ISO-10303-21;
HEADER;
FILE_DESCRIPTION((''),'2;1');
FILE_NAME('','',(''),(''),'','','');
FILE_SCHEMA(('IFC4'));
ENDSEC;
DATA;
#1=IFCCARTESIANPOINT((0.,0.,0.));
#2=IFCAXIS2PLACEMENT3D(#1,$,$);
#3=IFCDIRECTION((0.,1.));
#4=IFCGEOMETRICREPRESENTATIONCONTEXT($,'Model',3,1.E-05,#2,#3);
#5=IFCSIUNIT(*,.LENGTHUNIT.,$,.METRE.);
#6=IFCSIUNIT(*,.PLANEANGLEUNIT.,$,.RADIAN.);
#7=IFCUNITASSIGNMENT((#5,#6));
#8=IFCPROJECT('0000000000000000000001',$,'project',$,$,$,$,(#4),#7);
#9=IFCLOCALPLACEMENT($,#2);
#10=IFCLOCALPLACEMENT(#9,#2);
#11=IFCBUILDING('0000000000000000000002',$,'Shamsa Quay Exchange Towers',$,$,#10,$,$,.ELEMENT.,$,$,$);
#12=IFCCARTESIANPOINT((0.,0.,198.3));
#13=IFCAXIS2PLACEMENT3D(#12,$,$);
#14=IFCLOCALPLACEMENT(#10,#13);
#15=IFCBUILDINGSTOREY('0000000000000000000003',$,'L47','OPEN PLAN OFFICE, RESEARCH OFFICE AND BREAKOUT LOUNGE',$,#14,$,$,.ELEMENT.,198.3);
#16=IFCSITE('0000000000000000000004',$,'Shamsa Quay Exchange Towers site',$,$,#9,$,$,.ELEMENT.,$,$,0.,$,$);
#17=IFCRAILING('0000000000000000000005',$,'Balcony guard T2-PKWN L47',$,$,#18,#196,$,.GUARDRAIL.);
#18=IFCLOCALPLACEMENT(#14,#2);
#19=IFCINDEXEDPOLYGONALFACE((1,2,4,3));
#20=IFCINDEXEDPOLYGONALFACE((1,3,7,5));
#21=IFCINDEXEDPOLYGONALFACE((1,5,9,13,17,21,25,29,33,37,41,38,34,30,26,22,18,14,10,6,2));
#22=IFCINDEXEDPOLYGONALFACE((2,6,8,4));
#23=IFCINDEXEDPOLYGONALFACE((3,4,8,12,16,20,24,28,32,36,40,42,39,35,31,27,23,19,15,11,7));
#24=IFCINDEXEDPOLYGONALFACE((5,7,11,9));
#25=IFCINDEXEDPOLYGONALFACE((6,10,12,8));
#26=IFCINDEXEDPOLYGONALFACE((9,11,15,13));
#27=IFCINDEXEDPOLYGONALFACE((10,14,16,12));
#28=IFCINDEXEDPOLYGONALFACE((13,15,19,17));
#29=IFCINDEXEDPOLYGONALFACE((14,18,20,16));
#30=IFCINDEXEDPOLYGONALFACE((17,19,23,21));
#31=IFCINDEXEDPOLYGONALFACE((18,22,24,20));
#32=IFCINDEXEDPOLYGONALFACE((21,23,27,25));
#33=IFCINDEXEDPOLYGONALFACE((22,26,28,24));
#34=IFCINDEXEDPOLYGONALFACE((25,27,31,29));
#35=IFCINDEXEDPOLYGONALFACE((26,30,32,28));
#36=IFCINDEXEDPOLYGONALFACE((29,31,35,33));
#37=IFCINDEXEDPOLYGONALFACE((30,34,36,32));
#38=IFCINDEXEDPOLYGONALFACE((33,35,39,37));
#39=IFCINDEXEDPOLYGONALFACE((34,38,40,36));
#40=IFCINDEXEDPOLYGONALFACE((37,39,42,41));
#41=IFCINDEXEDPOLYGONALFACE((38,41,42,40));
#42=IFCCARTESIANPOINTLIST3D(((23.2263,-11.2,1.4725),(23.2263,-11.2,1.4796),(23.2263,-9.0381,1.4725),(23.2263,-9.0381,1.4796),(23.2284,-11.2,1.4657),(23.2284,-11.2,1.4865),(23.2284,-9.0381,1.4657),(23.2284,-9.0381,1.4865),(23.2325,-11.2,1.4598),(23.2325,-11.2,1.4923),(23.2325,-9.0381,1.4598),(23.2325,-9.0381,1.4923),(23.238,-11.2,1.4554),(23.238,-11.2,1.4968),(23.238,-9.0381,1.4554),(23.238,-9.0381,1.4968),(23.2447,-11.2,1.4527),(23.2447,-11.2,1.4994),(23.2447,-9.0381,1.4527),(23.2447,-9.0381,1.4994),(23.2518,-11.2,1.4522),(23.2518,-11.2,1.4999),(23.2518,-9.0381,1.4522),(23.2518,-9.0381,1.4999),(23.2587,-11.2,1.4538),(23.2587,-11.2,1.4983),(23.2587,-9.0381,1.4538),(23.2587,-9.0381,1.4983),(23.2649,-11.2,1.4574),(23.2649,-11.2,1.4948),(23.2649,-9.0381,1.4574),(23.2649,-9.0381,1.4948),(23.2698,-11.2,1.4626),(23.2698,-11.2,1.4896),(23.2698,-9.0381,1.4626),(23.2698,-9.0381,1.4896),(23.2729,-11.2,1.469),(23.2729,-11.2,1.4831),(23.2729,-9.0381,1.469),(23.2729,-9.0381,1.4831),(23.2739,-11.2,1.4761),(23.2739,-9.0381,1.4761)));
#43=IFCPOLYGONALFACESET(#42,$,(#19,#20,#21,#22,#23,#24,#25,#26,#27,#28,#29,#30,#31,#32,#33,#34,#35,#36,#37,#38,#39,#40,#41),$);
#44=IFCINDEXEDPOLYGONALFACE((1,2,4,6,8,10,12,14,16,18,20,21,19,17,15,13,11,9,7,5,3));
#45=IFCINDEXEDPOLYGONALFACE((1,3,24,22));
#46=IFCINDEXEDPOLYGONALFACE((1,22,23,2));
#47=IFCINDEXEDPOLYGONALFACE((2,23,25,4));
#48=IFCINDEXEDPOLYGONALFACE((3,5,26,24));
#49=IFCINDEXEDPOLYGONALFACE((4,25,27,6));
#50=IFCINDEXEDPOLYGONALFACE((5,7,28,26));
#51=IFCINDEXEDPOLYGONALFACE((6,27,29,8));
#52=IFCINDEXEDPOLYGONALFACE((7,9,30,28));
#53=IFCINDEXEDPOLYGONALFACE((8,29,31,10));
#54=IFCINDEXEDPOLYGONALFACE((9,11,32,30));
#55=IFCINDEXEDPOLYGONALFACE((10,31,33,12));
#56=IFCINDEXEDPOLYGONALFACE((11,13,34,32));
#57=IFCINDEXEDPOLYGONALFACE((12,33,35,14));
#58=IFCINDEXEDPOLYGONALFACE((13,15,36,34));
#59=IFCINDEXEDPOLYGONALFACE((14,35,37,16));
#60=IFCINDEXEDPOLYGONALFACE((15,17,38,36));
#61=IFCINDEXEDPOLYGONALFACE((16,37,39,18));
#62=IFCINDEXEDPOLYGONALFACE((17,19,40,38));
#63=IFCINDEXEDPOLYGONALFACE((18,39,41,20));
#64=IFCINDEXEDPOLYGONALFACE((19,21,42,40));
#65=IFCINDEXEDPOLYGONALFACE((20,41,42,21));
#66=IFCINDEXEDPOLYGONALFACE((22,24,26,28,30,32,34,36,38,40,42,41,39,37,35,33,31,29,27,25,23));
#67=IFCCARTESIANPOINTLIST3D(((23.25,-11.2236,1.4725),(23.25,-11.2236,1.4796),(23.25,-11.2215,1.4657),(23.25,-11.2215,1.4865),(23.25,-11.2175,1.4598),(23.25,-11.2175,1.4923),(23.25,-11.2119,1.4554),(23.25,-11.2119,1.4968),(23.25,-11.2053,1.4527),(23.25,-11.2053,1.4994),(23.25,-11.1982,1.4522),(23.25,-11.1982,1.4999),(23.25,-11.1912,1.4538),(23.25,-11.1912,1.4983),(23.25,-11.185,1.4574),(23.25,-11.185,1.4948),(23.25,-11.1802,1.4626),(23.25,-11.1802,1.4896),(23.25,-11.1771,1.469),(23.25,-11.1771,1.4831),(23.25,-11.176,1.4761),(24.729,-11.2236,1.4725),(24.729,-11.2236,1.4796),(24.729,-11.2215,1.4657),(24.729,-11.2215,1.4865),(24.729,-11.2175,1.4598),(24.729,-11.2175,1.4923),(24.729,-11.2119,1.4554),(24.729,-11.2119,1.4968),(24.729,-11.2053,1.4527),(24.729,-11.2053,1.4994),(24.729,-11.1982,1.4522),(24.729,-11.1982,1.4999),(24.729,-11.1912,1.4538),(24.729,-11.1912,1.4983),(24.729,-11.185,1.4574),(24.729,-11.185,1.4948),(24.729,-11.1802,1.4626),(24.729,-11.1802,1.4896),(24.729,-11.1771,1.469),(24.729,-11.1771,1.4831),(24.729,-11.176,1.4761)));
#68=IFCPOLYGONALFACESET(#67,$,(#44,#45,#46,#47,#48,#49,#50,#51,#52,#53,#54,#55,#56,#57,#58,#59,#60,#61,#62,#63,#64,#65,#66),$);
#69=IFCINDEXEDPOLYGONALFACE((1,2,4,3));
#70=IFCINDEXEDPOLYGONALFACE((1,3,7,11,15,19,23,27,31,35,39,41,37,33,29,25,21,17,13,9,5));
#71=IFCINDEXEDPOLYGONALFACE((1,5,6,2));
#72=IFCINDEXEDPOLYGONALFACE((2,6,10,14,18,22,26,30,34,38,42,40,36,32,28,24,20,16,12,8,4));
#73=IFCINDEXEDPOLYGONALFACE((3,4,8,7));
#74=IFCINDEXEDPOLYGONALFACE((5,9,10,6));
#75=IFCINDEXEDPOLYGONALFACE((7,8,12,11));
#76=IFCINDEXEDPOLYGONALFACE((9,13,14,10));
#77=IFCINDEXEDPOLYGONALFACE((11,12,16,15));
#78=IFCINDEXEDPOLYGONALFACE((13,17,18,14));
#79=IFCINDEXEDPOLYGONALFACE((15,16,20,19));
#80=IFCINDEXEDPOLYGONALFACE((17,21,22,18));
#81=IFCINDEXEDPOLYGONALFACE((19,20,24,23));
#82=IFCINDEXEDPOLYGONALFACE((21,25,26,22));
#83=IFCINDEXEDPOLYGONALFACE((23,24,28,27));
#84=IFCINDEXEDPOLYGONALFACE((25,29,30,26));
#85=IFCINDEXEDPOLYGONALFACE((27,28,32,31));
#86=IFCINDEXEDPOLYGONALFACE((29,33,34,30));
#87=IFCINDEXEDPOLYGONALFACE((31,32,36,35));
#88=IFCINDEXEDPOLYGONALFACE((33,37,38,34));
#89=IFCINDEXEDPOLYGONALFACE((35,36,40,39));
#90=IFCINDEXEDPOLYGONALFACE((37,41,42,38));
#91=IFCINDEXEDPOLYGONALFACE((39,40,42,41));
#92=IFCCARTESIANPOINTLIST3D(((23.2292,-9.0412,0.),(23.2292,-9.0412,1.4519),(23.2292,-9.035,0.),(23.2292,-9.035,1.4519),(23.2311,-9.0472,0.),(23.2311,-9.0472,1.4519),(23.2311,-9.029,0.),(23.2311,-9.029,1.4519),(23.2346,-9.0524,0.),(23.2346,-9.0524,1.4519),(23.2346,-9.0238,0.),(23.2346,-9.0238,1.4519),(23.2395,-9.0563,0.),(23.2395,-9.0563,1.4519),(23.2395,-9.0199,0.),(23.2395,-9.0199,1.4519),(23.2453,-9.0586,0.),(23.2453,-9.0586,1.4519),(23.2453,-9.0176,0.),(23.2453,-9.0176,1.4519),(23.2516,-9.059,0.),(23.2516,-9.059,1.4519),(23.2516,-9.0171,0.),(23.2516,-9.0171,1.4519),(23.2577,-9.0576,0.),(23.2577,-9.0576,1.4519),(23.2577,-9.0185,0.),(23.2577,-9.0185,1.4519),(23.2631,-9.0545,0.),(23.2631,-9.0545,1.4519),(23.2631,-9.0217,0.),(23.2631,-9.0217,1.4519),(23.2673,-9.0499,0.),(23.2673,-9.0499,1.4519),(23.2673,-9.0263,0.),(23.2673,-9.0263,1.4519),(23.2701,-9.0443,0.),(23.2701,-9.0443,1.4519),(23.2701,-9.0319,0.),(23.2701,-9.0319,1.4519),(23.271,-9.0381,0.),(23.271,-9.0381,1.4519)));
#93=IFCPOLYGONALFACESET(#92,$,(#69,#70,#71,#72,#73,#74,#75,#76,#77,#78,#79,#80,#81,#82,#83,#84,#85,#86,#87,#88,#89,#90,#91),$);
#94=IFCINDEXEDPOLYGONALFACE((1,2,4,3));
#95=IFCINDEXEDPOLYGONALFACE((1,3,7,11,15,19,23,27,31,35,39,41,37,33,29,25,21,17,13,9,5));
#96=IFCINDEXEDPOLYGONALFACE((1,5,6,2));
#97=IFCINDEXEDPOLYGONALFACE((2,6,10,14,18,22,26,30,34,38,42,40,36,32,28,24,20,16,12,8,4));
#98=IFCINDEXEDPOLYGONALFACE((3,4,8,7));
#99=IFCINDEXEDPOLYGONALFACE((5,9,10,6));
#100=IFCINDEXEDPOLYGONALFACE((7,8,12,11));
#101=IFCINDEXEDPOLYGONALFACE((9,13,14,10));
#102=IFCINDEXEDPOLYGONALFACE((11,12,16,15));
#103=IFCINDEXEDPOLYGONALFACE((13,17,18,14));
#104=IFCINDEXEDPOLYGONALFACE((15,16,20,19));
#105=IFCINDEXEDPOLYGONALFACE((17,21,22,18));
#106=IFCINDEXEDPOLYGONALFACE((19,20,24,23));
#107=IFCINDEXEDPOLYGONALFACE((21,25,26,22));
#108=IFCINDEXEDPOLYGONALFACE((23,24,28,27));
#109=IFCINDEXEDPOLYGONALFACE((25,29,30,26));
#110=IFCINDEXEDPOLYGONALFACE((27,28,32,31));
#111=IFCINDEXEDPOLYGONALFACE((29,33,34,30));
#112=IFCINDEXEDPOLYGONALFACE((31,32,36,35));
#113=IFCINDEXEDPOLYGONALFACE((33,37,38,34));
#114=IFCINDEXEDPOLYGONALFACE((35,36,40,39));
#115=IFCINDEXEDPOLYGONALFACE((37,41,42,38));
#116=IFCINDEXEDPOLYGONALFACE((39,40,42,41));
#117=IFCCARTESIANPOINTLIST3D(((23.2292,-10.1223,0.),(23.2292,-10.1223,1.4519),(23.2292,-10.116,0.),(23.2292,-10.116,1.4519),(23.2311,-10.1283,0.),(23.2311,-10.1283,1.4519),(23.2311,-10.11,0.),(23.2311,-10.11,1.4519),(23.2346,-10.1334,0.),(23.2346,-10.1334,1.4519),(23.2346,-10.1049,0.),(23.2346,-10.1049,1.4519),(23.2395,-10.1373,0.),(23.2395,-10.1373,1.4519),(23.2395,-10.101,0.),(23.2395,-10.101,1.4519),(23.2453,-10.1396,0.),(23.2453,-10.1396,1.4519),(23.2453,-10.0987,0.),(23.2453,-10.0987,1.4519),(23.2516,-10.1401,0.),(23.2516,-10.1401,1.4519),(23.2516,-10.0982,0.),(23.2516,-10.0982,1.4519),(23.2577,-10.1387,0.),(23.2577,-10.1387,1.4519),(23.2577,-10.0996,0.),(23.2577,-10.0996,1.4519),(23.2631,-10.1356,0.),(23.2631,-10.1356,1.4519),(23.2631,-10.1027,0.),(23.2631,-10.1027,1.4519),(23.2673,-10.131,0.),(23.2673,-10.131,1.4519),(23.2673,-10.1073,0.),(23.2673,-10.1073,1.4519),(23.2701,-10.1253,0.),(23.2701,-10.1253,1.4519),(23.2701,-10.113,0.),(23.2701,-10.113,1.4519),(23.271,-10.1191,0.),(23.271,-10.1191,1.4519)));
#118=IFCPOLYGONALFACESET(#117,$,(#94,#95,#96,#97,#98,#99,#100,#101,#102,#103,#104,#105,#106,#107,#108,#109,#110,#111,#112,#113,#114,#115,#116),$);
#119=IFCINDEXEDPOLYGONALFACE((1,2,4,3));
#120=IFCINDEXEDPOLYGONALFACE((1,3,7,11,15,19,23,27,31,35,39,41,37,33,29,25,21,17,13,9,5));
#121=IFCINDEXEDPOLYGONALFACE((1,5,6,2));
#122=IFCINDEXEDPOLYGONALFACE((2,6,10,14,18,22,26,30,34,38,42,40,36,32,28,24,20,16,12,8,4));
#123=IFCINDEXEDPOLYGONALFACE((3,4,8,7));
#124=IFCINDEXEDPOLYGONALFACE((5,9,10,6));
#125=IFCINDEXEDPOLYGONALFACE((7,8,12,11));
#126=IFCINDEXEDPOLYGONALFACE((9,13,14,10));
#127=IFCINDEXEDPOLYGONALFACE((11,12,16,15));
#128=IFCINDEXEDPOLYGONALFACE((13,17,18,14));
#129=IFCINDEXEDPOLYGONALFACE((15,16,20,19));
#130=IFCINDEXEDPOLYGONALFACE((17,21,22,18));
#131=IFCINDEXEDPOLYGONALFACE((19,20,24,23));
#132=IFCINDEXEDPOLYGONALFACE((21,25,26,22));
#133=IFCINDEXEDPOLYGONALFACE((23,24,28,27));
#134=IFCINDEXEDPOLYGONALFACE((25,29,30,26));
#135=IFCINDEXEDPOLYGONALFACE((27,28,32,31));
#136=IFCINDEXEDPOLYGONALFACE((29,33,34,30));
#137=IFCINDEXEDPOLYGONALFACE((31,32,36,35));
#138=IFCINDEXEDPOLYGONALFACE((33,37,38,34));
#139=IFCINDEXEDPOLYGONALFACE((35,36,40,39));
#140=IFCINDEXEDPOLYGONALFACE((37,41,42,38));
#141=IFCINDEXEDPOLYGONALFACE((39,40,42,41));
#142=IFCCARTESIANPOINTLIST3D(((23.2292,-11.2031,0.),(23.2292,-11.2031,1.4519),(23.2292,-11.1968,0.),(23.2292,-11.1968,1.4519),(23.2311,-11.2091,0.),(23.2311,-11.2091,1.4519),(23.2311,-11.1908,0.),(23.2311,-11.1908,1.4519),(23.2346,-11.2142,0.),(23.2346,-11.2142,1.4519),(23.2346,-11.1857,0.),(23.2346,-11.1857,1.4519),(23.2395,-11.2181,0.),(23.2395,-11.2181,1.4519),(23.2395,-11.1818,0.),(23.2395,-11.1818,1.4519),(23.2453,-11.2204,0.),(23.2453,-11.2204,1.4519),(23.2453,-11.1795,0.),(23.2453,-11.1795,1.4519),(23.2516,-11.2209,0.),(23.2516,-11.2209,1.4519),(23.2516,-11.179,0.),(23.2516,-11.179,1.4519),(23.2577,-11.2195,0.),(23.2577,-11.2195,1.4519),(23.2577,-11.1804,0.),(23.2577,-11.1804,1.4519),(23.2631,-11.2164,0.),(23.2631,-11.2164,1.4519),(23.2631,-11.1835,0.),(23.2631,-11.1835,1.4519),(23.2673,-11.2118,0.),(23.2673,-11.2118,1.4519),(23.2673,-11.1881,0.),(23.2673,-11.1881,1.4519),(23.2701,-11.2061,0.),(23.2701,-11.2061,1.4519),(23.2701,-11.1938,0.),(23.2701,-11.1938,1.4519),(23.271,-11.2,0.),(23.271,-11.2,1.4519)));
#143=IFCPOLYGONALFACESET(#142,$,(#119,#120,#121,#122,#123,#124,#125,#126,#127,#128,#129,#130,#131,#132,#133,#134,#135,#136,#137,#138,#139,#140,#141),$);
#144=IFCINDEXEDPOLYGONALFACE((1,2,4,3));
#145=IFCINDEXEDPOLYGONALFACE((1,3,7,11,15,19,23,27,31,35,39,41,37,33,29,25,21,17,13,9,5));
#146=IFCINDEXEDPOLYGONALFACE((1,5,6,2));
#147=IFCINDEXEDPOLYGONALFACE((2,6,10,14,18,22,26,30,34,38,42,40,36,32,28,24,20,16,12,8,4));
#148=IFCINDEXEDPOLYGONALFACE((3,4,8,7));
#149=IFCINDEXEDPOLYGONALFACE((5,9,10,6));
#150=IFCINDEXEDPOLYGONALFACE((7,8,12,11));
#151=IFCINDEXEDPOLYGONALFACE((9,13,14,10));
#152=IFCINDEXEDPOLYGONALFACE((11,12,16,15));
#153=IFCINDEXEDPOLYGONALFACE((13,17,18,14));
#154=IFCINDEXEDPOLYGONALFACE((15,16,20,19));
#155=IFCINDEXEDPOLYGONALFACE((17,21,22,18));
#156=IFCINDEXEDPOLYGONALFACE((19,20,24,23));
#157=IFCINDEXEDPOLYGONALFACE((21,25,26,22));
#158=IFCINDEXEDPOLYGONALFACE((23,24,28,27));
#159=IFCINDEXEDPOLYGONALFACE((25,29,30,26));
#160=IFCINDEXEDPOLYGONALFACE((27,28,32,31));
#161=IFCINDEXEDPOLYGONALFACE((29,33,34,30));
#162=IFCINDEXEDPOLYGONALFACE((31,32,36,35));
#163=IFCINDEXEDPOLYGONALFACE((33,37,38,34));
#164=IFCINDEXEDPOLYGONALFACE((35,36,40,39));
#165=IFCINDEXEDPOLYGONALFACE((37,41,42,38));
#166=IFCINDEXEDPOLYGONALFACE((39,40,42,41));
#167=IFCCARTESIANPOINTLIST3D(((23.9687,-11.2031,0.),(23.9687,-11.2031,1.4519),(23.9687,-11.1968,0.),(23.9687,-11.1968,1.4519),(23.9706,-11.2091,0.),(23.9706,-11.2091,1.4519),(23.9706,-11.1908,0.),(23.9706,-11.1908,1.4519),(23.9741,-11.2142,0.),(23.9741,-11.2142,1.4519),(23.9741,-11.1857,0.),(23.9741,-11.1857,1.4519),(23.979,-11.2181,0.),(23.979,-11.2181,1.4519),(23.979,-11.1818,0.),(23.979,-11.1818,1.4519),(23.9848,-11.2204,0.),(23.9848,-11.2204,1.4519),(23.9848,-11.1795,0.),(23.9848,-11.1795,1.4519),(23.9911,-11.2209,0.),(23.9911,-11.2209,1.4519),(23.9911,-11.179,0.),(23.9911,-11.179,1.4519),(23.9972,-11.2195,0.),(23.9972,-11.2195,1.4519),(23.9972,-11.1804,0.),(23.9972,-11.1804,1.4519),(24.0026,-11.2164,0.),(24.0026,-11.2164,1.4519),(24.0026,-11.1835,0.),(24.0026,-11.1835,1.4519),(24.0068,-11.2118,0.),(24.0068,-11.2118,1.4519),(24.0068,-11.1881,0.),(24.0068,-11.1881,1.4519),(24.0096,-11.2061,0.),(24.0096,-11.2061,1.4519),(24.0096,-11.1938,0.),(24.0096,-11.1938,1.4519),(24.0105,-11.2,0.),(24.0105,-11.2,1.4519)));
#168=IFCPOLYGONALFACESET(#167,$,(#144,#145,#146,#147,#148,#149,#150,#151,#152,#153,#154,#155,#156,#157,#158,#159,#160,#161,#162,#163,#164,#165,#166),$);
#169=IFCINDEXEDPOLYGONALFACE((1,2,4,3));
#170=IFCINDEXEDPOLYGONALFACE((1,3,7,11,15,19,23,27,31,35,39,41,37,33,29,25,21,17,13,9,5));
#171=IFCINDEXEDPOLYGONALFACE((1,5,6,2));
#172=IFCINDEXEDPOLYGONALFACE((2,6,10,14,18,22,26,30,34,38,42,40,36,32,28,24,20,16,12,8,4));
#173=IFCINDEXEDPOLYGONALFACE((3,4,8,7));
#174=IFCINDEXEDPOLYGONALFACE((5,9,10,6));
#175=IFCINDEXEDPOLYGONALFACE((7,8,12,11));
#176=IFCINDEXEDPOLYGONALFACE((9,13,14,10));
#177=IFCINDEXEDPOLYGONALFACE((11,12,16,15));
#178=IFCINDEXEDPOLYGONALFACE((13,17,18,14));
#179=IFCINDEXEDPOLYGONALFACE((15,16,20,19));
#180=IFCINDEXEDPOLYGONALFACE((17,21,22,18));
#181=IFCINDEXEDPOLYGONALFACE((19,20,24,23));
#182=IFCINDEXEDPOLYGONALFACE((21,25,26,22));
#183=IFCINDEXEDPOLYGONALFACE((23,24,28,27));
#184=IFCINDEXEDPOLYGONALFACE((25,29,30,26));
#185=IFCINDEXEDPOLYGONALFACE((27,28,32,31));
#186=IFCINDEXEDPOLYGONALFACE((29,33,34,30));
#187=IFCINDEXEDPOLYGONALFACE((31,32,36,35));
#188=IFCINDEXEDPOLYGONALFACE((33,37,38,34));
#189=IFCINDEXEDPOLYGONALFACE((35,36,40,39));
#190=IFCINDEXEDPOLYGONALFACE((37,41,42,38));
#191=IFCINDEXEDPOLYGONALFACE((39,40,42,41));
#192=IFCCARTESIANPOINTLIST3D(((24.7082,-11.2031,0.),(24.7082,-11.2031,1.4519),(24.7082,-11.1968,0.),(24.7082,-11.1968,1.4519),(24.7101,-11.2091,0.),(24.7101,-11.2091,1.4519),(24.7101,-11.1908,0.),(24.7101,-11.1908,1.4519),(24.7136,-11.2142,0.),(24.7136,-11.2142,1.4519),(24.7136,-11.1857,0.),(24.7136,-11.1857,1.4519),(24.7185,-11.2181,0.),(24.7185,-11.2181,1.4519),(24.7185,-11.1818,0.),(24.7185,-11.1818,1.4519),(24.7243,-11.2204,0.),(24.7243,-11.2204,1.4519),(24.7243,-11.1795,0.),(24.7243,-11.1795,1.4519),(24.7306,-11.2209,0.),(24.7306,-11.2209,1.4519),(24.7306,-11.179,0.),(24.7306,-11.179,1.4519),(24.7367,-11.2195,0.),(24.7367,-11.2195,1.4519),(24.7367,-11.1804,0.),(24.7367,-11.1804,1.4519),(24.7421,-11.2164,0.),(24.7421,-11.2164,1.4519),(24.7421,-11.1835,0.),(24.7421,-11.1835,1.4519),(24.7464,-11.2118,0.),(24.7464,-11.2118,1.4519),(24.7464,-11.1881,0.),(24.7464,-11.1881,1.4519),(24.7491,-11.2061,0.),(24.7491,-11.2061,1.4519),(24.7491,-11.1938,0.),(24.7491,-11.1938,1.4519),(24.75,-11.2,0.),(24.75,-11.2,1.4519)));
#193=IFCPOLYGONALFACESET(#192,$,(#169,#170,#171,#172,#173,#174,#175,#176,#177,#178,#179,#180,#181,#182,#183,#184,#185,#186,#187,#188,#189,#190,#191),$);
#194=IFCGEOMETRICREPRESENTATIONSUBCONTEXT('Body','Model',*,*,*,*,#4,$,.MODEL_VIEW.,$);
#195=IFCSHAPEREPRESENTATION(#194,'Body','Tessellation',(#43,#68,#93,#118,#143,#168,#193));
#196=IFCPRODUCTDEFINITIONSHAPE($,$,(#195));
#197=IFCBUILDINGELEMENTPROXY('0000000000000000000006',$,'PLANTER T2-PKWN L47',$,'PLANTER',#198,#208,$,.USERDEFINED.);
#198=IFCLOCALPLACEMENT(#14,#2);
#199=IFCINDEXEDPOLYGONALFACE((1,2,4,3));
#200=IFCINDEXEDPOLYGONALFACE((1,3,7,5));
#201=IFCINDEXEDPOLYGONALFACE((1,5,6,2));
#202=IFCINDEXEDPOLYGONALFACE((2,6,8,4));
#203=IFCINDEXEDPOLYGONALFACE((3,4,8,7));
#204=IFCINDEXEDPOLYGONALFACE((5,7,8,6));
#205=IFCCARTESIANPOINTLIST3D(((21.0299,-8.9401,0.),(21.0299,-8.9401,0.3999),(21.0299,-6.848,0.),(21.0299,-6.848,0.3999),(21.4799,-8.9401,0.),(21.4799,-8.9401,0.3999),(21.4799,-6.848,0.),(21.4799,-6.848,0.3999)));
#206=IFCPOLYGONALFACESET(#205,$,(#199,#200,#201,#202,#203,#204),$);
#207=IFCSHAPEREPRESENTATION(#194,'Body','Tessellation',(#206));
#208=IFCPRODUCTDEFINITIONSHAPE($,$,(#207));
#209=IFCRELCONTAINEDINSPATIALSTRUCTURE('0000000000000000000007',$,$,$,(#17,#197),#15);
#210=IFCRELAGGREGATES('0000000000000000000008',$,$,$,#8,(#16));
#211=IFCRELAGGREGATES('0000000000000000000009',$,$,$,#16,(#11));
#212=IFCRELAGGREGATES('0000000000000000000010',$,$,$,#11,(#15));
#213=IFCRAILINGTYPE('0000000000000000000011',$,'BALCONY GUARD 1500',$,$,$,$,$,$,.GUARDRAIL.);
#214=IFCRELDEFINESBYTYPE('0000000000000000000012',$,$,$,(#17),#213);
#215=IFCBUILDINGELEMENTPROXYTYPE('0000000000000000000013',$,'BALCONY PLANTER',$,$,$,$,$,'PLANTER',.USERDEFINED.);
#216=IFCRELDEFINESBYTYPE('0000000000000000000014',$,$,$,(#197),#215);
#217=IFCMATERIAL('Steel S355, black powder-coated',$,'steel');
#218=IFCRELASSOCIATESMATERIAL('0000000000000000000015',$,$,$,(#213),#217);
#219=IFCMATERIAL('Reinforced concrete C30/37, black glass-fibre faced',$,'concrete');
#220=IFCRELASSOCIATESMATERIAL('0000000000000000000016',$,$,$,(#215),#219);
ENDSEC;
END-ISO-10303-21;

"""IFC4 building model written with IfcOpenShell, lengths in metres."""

from ifc_helpers import new_model, si_unit, direction, frame, origin, origin_2d, place, context, subcontext, project, spatial, rectangle, circle, extrude, material, type_object, element, save


model = new_model("IFC4")

# Units and contexts
model_context = context("Model", 3, precision=1e-05, world=origin(), true_north=direction((0.0, 1.0)))
body_context = subcontext(model_context, "Body", "Model", "MODEL_VIEW")
ifc_project = project(units=[si_unit("LENGTHUNIT", "METRE"), si_unit("PLANEANGLEUNIT", "RADIAN")], contexts=[model_context])

# Site, building, storey
site_placement = place(None, origin())
site = spatial("IfcSite", under=ifc_project, at=site_placement, Name="Shamsa Quay Exchange Towers site", CompositionType="ELEMENT", RefElevation=0.0)
building_placement = place(site_placement, origin())
building = spatial("IfcBuilding", under=site, at=building_placement, Name="Shamsa Quay Exchange Towers", CompositionType="ELEMENT")
storey_placement = place(building_placement, frame((0.0, 0.0, 198.3)))
storey = spatial("IfcBuildingStorey", under=building, at=storey_placement, Name="L47", Description="OPEN PLAN OFFICE, RESEARCH OFFICE AND BREAKOUT LOUNGE", CompositionType="ELEMENT", Elevation=198.3)

# Railing
ifc_material_1 = material(Name="Steel S355, black powder-coated", Category="steel")
railing_type = type_object("IfcRailingType", Name="BALCONY GUARD 1500", PredefinedType="GUARDRAIL", material=ifc_material_1)
for number, where, name in (
    (1, (23.25, -9.0381, 0.0), "Balcony guard T2-PKWN L47"),
):
    element("IfcRailing", number, at=place(storey_placement, frame(where)), inside=storey, type_object=railing_type, Name=name, PredefinedType="GUARDRAIL", context=body_context, shape_type="SweptSolid", body=[
        extrude(circle(Radius=0.0239, at=origin_2d()), frame((0.0, 0.0, 1.4761), z_axis=(0.0, -1.0, 0.0), x_axis=(1.0, 0.0, 0.0)), (0.0, 0.0, 1.0), 2.1619),
        extrude(circle(Radius=0.0239, at=origin_2d()), frame((0.0, -2.1619, 1.4761), z_axis=(1.0, 0.0, 0.0), x_axis=(0.0, 1.0, 0.0)), (0.0, 0.0, 1.0), 1.479),
        extrude(circle(Radius=0.021, at=origin_2d()), origin(), (0.0, 0.0, 1.0), 1.4519),
        extrude(circle(Radius=0.021, at=origin_2d()), frame((0.0, -1.0811, 0.0)), (0.0, 0.0, 1.0), 1.4519),
        extrude(circle(Radius=0.021, at=origin_2d()), frame((0.0, -2.1619, 0.0)), (0.0, 0.0, 1.0), 1.4519),
        extrude(circle(Radius=0.021, at=origin_2d()), frame((0.7395, -2.1619, 0.0)), (0.0, 0.0, 1.0), 1.4519),
        extrude(circle(Radius=0.021, at=origin_2d()), frame((1.479, -2.1619, 0.0)), (0.0, 0.0, 1.0), 1.4519),
    ])

# Building element proxy
ifc_material_2 = material(Name="Reinforced concrete C30/37, black glass-fibre faced", Category="concrete")
building_element_proxy_type = type_object("IfcBuildingElementProxyType", Name="BALCONY PLANTER", ElementType="PLANTER", PredefinedType="USERDEFINED", material=ifc_material_2)
for number, where, z_axis, x_axis, name in (
    (2, (21.2549, -7.894, 0.0), (0.0, 0.0, 1.0), (0.0, -1.0, 0.0), "PLANTER T2-PKWN L47"),
):
    element("IfcBuildingElementProxy", number, at=place(storey_placement, frame(where, z_axis=z_axis, x_axis=x_axis)), inside=storey, type_object=building_element_proxy_type, Name=name, ObjectType="PLANTER", PredefinedType="USERDEFINED", context=body_context, shape_type="SweptSolid", body=[
        extrude(rectangle(XDim=2.092, YDim=0.45, at=origin_2d()), origin(), (0.0, 0.0, 1.0), 0.3999),
    ])

save(model, "model.ifc")
